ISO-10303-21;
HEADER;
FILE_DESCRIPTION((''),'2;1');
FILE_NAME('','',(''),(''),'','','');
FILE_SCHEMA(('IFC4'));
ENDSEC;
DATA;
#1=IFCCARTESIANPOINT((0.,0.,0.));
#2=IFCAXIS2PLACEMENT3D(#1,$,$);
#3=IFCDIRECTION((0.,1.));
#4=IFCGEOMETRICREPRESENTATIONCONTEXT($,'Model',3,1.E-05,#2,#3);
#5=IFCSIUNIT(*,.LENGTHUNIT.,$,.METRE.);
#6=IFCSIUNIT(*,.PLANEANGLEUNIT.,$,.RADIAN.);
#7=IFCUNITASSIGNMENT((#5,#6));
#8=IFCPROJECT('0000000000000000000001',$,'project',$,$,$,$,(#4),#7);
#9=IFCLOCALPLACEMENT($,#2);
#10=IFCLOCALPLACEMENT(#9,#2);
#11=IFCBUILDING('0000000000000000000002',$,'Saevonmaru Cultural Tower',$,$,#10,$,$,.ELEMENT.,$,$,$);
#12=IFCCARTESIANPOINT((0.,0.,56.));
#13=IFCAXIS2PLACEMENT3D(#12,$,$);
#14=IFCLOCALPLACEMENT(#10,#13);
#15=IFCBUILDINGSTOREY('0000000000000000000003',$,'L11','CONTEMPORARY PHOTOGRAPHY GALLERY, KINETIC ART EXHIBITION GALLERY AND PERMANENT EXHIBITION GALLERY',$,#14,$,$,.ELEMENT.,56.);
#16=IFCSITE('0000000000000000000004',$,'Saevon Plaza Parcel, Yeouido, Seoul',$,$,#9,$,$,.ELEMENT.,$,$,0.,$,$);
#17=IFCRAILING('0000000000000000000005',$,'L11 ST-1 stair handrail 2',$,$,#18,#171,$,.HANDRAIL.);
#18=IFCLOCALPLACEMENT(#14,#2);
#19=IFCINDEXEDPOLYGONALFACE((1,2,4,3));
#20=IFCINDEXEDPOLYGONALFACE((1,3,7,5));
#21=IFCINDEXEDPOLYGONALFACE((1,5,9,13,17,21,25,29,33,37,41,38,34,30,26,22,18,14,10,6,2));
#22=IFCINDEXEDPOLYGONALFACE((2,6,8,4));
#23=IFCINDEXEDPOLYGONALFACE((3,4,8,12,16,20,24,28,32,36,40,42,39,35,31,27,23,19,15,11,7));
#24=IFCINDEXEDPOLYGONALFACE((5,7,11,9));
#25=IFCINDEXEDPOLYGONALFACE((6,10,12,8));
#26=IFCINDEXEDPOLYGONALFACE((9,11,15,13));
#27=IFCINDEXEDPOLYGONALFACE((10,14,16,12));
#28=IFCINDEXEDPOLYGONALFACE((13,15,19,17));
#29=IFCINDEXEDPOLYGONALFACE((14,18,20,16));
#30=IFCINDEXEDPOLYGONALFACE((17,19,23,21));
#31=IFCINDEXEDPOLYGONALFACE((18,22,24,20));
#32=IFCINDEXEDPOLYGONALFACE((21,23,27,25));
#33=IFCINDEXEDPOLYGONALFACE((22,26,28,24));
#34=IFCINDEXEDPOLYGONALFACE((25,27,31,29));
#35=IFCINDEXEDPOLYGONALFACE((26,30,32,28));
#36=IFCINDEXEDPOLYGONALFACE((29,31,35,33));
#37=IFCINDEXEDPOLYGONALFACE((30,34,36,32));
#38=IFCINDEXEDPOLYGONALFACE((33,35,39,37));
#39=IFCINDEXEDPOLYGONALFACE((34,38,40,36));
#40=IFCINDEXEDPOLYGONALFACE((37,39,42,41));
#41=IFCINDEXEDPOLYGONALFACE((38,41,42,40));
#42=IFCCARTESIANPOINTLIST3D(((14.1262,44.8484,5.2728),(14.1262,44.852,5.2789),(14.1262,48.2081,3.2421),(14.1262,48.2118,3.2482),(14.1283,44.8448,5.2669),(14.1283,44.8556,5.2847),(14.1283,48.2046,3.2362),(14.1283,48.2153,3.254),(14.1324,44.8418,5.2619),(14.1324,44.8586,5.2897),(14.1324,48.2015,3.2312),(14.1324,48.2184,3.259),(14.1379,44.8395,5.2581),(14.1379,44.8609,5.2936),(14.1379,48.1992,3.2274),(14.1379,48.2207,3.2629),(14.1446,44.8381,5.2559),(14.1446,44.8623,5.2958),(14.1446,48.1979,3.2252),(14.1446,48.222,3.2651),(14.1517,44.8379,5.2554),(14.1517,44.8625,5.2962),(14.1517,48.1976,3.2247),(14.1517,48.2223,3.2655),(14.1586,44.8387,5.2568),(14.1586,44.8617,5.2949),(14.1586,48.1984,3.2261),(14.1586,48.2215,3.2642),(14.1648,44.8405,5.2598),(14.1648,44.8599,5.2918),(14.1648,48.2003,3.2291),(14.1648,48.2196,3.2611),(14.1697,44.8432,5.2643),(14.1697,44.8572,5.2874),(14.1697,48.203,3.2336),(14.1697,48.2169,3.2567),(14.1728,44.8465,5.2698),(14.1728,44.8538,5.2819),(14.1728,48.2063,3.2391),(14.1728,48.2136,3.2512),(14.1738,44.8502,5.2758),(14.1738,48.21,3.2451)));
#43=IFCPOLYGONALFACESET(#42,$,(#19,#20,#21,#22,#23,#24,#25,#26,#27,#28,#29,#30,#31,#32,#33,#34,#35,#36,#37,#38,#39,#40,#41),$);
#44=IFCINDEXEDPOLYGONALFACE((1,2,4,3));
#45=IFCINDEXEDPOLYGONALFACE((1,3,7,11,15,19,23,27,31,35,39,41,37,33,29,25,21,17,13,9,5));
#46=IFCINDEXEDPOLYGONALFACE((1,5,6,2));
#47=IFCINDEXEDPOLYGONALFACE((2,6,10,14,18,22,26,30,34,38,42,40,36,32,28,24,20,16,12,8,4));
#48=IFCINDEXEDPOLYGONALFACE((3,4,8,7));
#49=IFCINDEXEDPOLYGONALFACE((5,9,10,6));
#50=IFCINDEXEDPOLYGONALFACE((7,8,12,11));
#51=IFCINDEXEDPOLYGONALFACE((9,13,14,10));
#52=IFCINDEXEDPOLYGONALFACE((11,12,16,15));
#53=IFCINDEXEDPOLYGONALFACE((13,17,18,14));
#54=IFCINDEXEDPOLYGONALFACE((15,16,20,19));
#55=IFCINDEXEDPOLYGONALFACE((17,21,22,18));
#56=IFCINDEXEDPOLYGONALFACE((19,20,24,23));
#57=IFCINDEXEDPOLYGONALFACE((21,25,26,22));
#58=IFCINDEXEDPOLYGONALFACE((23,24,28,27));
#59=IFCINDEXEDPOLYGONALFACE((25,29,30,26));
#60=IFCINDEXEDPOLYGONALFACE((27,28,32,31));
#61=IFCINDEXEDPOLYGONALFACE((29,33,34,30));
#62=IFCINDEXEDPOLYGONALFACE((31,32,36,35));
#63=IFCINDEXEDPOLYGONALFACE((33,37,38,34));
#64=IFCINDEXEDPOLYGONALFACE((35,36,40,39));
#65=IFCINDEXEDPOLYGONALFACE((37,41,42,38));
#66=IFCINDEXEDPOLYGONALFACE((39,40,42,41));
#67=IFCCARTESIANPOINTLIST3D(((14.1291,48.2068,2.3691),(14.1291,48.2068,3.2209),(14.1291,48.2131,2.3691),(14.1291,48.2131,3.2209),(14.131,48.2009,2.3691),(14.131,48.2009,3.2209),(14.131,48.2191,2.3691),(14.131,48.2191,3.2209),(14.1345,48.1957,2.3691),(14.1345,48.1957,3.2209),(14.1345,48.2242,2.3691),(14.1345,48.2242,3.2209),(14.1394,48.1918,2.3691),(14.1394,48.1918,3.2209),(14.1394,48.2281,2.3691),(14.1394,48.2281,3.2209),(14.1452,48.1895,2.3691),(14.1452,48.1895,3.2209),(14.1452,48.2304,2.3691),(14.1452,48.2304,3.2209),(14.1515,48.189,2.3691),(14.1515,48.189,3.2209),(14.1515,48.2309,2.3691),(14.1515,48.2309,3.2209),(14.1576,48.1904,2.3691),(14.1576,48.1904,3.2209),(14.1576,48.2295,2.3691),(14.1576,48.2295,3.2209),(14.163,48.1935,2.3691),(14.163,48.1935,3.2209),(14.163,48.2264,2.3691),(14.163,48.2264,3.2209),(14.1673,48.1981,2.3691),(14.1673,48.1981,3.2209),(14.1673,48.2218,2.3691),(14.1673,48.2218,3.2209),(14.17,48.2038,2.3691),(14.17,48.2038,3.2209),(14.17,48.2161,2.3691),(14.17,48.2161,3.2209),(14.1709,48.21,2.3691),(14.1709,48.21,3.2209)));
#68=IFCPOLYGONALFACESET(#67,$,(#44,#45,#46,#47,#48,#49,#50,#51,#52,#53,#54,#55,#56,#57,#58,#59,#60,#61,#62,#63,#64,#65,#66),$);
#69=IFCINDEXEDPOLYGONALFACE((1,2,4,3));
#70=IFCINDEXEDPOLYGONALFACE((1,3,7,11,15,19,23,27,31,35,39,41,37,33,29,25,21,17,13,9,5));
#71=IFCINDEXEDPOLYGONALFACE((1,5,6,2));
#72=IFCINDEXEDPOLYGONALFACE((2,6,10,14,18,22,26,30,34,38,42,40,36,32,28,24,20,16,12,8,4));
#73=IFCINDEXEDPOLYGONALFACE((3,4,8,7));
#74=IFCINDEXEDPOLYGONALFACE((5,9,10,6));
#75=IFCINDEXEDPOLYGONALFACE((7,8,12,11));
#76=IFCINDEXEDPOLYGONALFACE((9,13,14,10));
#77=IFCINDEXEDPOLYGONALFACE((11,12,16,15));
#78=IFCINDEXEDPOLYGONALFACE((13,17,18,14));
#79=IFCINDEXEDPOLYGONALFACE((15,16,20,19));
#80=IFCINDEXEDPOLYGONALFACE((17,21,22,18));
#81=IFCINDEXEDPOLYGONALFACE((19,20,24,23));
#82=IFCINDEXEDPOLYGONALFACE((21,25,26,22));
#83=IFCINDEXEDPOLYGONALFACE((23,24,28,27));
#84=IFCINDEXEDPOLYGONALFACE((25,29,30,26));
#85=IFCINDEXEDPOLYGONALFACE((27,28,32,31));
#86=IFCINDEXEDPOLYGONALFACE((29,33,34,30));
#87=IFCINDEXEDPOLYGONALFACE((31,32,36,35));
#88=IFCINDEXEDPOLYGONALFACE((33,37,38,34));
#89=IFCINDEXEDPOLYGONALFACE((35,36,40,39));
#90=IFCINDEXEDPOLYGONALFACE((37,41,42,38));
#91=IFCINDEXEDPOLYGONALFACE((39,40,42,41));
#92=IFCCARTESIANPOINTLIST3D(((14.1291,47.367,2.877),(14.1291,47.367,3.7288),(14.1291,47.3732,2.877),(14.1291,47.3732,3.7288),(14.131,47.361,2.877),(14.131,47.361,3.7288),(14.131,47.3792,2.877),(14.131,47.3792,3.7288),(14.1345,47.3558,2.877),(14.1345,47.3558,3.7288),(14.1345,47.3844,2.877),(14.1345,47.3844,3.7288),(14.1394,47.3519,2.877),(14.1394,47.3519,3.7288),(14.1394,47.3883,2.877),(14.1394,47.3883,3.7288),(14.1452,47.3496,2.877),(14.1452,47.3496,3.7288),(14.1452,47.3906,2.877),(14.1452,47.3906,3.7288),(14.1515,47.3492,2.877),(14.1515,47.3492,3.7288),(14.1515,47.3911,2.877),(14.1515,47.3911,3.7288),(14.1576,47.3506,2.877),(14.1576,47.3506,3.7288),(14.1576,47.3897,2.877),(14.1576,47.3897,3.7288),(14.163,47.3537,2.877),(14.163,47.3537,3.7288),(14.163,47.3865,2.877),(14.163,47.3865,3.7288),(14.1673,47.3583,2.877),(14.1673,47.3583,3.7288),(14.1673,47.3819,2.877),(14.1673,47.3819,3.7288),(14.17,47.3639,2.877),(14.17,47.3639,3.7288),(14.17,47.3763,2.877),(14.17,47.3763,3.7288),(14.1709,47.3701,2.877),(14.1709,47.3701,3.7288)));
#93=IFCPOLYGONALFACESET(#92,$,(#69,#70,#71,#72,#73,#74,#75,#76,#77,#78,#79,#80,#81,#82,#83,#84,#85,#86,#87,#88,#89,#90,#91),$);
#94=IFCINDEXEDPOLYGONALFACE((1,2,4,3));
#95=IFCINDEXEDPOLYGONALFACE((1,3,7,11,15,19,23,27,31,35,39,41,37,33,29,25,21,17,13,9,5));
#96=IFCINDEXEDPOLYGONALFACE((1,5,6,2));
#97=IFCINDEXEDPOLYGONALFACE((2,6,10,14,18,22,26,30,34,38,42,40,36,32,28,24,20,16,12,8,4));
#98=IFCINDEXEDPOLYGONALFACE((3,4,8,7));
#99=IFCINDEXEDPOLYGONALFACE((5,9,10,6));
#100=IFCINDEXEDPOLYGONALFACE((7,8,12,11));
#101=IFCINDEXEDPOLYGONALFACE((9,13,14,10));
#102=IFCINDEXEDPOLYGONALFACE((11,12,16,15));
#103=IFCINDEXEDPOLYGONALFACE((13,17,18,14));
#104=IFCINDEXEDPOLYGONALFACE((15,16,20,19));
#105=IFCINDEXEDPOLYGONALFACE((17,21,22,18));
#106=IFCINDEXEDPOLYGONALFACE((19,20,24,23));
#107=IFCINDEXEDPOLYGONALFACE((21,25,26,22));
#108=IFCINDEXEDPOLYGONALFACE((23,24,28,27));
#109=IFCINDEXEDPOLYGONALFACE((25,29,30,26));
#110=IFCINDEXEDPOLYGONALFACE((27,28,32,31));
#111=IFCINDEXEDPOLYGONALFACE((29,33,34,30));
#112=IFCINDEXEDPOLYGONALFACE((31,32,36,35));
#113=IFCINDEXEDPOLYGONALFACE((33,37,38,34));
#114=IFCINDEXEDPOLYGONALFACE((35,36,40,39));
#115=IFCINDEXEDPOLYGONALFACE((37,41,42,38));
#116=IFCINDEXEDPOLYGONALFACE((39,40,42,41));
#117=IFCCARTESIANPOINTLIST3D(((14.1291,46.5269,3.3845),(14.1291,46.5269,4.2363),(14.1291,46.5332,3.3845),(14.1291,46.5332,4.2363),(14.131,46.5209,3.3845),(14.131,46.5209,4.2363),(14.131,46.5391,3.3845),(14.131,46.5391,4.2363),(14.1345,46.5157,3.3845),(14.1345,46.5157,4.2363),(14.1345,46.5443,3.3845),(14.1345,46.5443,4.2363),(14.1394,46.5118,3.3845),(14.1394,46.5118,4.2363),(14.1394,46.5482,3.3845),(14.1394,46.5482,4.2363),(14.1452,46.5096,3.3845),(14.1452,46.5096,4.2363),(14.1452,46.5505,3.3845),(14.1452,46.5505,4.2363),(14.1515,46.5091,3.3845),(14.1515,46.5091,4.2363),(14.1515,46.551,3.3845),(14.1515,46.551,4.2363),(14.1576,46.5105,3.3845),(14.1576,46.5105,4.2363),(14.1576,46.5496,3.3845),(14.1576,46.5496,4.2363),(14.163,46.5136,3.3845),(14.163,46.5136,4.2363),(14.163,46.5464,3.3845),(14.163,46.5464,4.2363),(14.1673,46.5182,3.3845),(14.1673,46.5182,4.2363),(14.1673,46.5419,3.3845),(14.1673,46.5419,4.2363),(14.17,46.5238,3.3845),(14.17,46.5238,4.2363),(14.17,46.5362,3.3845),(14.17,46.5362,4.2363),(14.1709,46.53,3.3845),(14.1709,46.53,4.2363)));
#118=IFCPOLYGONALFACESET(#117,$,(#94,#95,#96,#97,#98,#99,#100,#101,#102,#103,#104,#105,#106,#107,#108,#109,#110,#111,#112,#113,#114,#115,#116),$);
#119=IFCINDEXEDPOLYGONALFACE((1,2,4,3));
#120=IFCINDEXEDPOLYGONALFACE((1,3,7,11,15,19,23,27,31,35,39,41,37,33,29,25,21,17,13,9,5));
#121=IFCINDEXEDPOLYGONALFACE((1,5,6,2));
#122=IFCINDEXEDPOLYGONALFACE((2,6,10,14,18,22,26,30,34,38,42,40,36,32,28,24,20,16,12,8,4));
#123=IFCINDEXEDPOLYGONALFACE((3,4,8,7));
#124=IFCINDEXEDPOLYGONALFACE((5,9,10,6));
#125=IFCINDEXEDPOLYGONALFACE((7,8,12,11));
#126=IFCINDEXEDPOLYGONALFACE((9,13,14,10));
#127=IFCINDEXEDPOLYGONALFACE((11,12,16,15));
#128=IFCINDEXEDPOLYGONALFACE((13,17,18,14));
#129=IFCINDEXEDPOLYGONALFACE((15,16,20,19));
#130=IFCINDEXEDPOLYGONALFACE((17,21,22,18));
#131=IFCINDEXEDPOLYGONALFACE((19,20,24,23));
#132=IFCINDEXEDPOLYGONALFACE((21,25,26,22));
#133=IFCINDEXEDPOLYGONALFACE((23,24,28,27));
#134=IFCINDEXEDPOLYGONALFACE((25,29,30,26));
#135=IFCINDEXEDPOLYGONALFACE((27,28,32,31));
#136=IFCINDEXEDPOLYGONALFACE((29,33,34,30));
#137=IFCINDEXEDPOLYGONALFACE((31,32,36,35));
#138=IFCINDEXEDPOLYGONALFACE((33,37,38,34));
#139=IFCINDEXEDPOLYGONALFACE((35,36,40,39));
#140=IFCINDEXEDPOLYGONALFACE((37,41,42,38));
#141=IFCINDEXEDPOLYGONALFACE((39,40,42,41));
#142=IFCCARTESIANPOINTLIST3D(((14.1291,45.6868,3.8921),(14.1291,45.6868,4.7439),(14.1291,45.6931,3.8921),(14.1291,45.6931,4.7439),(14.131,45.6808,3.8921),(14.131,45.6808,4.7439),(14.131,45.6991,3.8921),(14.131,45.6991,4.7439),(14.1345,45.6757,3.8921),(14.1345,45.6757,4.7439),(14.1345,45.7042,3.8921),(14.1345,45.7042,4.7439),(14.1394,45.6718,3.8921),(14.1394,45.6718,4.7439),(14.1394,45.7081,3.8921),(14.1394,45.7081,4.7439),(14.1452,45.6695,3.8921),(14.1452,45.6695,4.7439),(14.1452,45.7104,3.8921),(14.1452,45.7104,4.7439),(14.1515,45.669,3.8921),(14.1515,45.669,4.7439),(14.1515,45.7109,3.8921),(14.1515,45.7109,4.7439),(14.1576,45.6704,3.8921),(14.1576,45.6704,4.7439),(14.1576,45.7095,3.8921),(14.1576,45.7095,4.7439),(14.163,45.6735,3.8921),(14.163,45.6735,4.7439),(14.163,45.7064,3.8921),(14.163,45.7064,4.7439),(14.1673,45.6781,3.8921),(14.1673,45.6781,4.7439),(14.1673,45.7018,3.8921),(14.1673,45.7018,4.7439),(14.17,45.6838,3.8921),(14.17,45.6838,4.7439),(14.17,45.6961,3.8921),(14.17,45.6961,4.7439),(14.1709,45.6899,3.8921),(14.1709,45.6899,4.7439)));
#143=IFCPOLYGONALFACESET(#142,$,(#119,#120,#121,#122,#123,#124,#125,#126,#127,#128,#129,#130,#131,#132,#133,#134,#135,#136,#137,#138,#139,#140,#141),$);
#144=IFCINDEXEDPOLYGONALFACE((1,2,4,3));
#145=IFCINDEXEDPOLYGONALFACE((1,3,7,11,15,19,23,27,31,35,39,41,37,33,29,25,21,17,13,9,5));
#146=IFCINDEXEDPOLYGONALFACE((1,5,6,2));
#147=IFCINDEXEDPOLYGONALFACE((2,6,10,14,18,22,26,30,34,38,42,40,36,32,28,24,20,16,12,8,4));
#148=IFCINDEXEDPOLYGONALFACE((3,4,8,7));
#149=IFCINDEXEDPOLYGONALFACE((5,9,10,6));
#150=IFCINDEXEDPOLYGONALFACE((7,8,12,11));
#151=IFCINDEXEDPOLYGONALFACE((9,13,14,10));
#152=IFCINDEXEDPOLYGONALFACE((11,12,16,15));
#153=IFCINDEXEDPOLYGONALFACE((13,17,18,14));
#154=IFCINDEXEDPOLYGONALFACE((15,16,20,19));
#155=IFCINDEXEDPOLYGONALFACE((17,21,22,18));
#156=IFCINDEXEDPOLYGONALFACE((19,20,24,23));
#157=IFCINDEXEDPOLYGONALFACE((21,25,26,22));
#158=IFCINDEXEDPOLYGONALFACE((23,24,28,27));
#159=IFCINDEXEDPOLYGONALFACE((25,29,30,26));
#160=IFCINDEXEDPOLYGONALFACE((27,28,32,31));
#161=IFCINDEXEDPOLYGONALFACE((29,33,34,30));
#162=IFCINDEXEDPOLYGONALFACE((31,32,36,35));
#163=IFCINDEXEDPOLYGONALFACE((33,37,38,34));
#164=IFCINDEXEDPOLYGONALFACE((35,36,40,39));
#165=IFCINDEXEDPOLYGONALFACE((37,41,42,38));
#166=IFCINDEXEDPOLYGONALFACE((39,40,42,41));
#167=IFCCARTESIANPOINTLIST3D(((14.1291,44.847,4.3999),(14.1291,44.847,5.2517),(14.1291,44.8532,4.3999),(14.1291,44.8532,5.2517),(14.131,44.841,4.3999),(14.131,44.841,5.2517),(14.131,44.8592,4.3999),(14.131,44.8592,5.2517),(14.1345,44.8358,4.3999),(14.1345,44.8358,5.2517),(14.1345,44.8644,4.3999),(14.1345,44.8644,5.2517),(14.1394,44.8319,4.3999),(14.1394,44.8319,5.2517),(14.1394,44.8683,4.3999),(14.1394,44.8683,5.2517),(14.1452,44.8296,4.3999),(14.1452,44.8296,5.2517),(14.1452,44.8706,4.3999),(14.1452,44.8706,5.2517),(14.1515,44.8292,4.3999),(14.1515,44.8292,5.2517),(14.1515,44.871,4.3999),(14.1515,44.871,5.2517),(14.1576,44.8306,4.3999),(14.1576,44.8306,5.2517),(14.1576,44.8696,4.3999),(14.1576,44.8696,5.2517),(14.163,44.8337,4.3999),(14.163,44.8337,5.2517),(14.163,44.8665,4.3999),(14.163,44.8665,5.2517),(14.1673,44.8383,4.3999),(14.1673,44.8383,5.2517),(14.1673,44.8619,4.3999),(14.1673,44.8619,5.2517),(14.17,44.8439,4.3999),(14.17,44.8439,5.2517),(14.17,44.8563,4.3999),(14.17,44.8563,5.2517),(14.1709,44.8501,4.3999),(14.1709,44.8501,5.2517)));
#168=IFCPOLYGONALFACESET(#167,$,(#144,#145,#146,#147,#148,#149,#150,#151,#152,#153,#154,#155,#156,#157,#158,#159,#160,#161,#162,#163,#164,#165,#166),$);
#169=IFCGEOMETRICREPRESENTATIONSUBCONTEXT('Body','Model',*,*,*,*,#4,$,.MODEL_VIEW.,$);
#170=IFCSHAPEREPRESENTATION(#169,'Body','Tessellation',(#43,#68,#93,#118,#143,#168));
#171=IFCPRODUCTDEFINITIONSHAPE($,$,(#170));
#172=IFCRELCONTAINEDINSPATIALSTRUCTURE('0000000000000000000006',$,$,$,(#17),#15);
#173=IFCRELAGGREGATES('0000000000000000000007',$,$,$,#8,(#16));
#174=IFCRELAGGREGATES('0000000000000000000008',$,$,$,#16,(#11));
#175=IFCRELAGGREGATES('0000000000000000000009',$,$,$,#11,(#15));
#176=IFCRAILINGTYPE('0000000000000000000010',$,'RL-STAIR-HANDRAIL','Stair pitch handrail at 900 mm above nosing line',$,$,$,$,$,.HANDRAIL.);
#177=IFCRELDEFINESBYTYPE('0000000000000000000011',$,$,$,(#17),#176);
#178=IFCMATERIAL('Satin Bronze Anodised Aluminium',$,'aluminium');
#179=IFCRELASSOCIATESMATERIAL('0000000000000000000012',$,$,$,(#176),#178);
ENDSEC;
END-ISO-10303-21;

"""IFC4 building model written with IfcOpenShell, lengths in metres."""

from ifc_helpers import new_model, si_unit, direction, frame, origin, origin_2d, place, context, subcontext, project, spatial, circle, extrude, material, type_object, element, save


model = new_model("IFC4")

# Units and contexts
model_context = context("Model", 3, precision=1e-05, world=origin(), true_north=direction((0.0, 1.0)))
body_context = subcontext(model_context, "Body", "Model", "MODEL_VIEW")
ifc_project = project(units=[si_unit("LENGTHUNIT", "METRE"), si_unit("PLANEANGLEUNIT", "RADIAN")], contexts=[model_context])

# Site, building, storey
site_placement = place(None, origin())
site = spatial("IfcSite", under=ifc_project, at=site_placement, Name="Saevon Plaza Parcel, Yeouido, Seoul", CompositionType="ELEMENT", RefElevation=0.0)
building_placement = place(site_placement, origin())
building = spatial("IfcBuilding", under=site, at=building_placement, Name="Saevonmaru Cultural Tower", CompositionType="ELEMENT")
storey_placement = place(building_placement, frame((0.0, 0.0, 56.0)))
storey = spatial("IfcBuildingStorey", under=building, at=storey_placement, Name="L11", Description="CONTEMPORARY PHOTOGRAPHY GALLERY, KINETIC ART EXHIBITION GALLERY AND PERMANENT EXHIBITION GALLERY", CompositionType="ELEMENT", Elevation=56.0)

# Shared definitions
ifc_material_1 = material(Name="Satin Bronze Anodised Aluminium", Category="aluminium")

# Railing
railing_type_1 = type_object("IfcRailingType", Name="RL-STAIR-HANDRAIL", Description="Stair pitch handrail at 900 mm above nosing line", PredefinedType="HANDRAIL", material=ifc_material_1)
railing_1_placement = place(storey_placement, frame((14.1499, 48.21, 2.3691)))
element("IfcRailing", 1, at=railing_1_placement, inside=storey, type_object=railing_type_1, Name="L11 ST-1 stair handrail 2", PredefinedType="HANDRAIL", context=body_context, shape_type="SweptSolid", body=[
    extrude(circle(Radius=0.0239, at=origin_2d()), frame((0.0, 0.0, 0.876), z_axis=(0.0, -0.85582, 0.517273), x_axis=(1.0, 0.0, 0.0)), (0.0, 0.0, 1.0), 3.9258),
    extrude(circle(Radius=0.021, at=origin_2d()), origin(), (0.0, 0.0, 1.0), 0.8518),
    extrude(circle(Radius=0.021, at=origin_2d()), frame((0.0, -0.8398, 0.5078)), (0.0, 0.0, 1.0), 0.8518),
    extrude(circle(Radius=0.021, at=origin_2d()), frame((0.0, -1.6799, 1.0154)), (0.0, 0.0, 1.0), 0.8518),
    extrude(circle(Radius=0.021, at=origin_2d()), frame((0.0, -2.52, 1.5229)), (0.0, 0.0, 1.0), 0.8518),
    extrude(circle(Radius=0.021, at=origin_2d()), frame((0.0, -3.3599, 2.0308)), (0.0, 0.0, 1.0), 0.8518),
])

save(model, "model.ifc")
